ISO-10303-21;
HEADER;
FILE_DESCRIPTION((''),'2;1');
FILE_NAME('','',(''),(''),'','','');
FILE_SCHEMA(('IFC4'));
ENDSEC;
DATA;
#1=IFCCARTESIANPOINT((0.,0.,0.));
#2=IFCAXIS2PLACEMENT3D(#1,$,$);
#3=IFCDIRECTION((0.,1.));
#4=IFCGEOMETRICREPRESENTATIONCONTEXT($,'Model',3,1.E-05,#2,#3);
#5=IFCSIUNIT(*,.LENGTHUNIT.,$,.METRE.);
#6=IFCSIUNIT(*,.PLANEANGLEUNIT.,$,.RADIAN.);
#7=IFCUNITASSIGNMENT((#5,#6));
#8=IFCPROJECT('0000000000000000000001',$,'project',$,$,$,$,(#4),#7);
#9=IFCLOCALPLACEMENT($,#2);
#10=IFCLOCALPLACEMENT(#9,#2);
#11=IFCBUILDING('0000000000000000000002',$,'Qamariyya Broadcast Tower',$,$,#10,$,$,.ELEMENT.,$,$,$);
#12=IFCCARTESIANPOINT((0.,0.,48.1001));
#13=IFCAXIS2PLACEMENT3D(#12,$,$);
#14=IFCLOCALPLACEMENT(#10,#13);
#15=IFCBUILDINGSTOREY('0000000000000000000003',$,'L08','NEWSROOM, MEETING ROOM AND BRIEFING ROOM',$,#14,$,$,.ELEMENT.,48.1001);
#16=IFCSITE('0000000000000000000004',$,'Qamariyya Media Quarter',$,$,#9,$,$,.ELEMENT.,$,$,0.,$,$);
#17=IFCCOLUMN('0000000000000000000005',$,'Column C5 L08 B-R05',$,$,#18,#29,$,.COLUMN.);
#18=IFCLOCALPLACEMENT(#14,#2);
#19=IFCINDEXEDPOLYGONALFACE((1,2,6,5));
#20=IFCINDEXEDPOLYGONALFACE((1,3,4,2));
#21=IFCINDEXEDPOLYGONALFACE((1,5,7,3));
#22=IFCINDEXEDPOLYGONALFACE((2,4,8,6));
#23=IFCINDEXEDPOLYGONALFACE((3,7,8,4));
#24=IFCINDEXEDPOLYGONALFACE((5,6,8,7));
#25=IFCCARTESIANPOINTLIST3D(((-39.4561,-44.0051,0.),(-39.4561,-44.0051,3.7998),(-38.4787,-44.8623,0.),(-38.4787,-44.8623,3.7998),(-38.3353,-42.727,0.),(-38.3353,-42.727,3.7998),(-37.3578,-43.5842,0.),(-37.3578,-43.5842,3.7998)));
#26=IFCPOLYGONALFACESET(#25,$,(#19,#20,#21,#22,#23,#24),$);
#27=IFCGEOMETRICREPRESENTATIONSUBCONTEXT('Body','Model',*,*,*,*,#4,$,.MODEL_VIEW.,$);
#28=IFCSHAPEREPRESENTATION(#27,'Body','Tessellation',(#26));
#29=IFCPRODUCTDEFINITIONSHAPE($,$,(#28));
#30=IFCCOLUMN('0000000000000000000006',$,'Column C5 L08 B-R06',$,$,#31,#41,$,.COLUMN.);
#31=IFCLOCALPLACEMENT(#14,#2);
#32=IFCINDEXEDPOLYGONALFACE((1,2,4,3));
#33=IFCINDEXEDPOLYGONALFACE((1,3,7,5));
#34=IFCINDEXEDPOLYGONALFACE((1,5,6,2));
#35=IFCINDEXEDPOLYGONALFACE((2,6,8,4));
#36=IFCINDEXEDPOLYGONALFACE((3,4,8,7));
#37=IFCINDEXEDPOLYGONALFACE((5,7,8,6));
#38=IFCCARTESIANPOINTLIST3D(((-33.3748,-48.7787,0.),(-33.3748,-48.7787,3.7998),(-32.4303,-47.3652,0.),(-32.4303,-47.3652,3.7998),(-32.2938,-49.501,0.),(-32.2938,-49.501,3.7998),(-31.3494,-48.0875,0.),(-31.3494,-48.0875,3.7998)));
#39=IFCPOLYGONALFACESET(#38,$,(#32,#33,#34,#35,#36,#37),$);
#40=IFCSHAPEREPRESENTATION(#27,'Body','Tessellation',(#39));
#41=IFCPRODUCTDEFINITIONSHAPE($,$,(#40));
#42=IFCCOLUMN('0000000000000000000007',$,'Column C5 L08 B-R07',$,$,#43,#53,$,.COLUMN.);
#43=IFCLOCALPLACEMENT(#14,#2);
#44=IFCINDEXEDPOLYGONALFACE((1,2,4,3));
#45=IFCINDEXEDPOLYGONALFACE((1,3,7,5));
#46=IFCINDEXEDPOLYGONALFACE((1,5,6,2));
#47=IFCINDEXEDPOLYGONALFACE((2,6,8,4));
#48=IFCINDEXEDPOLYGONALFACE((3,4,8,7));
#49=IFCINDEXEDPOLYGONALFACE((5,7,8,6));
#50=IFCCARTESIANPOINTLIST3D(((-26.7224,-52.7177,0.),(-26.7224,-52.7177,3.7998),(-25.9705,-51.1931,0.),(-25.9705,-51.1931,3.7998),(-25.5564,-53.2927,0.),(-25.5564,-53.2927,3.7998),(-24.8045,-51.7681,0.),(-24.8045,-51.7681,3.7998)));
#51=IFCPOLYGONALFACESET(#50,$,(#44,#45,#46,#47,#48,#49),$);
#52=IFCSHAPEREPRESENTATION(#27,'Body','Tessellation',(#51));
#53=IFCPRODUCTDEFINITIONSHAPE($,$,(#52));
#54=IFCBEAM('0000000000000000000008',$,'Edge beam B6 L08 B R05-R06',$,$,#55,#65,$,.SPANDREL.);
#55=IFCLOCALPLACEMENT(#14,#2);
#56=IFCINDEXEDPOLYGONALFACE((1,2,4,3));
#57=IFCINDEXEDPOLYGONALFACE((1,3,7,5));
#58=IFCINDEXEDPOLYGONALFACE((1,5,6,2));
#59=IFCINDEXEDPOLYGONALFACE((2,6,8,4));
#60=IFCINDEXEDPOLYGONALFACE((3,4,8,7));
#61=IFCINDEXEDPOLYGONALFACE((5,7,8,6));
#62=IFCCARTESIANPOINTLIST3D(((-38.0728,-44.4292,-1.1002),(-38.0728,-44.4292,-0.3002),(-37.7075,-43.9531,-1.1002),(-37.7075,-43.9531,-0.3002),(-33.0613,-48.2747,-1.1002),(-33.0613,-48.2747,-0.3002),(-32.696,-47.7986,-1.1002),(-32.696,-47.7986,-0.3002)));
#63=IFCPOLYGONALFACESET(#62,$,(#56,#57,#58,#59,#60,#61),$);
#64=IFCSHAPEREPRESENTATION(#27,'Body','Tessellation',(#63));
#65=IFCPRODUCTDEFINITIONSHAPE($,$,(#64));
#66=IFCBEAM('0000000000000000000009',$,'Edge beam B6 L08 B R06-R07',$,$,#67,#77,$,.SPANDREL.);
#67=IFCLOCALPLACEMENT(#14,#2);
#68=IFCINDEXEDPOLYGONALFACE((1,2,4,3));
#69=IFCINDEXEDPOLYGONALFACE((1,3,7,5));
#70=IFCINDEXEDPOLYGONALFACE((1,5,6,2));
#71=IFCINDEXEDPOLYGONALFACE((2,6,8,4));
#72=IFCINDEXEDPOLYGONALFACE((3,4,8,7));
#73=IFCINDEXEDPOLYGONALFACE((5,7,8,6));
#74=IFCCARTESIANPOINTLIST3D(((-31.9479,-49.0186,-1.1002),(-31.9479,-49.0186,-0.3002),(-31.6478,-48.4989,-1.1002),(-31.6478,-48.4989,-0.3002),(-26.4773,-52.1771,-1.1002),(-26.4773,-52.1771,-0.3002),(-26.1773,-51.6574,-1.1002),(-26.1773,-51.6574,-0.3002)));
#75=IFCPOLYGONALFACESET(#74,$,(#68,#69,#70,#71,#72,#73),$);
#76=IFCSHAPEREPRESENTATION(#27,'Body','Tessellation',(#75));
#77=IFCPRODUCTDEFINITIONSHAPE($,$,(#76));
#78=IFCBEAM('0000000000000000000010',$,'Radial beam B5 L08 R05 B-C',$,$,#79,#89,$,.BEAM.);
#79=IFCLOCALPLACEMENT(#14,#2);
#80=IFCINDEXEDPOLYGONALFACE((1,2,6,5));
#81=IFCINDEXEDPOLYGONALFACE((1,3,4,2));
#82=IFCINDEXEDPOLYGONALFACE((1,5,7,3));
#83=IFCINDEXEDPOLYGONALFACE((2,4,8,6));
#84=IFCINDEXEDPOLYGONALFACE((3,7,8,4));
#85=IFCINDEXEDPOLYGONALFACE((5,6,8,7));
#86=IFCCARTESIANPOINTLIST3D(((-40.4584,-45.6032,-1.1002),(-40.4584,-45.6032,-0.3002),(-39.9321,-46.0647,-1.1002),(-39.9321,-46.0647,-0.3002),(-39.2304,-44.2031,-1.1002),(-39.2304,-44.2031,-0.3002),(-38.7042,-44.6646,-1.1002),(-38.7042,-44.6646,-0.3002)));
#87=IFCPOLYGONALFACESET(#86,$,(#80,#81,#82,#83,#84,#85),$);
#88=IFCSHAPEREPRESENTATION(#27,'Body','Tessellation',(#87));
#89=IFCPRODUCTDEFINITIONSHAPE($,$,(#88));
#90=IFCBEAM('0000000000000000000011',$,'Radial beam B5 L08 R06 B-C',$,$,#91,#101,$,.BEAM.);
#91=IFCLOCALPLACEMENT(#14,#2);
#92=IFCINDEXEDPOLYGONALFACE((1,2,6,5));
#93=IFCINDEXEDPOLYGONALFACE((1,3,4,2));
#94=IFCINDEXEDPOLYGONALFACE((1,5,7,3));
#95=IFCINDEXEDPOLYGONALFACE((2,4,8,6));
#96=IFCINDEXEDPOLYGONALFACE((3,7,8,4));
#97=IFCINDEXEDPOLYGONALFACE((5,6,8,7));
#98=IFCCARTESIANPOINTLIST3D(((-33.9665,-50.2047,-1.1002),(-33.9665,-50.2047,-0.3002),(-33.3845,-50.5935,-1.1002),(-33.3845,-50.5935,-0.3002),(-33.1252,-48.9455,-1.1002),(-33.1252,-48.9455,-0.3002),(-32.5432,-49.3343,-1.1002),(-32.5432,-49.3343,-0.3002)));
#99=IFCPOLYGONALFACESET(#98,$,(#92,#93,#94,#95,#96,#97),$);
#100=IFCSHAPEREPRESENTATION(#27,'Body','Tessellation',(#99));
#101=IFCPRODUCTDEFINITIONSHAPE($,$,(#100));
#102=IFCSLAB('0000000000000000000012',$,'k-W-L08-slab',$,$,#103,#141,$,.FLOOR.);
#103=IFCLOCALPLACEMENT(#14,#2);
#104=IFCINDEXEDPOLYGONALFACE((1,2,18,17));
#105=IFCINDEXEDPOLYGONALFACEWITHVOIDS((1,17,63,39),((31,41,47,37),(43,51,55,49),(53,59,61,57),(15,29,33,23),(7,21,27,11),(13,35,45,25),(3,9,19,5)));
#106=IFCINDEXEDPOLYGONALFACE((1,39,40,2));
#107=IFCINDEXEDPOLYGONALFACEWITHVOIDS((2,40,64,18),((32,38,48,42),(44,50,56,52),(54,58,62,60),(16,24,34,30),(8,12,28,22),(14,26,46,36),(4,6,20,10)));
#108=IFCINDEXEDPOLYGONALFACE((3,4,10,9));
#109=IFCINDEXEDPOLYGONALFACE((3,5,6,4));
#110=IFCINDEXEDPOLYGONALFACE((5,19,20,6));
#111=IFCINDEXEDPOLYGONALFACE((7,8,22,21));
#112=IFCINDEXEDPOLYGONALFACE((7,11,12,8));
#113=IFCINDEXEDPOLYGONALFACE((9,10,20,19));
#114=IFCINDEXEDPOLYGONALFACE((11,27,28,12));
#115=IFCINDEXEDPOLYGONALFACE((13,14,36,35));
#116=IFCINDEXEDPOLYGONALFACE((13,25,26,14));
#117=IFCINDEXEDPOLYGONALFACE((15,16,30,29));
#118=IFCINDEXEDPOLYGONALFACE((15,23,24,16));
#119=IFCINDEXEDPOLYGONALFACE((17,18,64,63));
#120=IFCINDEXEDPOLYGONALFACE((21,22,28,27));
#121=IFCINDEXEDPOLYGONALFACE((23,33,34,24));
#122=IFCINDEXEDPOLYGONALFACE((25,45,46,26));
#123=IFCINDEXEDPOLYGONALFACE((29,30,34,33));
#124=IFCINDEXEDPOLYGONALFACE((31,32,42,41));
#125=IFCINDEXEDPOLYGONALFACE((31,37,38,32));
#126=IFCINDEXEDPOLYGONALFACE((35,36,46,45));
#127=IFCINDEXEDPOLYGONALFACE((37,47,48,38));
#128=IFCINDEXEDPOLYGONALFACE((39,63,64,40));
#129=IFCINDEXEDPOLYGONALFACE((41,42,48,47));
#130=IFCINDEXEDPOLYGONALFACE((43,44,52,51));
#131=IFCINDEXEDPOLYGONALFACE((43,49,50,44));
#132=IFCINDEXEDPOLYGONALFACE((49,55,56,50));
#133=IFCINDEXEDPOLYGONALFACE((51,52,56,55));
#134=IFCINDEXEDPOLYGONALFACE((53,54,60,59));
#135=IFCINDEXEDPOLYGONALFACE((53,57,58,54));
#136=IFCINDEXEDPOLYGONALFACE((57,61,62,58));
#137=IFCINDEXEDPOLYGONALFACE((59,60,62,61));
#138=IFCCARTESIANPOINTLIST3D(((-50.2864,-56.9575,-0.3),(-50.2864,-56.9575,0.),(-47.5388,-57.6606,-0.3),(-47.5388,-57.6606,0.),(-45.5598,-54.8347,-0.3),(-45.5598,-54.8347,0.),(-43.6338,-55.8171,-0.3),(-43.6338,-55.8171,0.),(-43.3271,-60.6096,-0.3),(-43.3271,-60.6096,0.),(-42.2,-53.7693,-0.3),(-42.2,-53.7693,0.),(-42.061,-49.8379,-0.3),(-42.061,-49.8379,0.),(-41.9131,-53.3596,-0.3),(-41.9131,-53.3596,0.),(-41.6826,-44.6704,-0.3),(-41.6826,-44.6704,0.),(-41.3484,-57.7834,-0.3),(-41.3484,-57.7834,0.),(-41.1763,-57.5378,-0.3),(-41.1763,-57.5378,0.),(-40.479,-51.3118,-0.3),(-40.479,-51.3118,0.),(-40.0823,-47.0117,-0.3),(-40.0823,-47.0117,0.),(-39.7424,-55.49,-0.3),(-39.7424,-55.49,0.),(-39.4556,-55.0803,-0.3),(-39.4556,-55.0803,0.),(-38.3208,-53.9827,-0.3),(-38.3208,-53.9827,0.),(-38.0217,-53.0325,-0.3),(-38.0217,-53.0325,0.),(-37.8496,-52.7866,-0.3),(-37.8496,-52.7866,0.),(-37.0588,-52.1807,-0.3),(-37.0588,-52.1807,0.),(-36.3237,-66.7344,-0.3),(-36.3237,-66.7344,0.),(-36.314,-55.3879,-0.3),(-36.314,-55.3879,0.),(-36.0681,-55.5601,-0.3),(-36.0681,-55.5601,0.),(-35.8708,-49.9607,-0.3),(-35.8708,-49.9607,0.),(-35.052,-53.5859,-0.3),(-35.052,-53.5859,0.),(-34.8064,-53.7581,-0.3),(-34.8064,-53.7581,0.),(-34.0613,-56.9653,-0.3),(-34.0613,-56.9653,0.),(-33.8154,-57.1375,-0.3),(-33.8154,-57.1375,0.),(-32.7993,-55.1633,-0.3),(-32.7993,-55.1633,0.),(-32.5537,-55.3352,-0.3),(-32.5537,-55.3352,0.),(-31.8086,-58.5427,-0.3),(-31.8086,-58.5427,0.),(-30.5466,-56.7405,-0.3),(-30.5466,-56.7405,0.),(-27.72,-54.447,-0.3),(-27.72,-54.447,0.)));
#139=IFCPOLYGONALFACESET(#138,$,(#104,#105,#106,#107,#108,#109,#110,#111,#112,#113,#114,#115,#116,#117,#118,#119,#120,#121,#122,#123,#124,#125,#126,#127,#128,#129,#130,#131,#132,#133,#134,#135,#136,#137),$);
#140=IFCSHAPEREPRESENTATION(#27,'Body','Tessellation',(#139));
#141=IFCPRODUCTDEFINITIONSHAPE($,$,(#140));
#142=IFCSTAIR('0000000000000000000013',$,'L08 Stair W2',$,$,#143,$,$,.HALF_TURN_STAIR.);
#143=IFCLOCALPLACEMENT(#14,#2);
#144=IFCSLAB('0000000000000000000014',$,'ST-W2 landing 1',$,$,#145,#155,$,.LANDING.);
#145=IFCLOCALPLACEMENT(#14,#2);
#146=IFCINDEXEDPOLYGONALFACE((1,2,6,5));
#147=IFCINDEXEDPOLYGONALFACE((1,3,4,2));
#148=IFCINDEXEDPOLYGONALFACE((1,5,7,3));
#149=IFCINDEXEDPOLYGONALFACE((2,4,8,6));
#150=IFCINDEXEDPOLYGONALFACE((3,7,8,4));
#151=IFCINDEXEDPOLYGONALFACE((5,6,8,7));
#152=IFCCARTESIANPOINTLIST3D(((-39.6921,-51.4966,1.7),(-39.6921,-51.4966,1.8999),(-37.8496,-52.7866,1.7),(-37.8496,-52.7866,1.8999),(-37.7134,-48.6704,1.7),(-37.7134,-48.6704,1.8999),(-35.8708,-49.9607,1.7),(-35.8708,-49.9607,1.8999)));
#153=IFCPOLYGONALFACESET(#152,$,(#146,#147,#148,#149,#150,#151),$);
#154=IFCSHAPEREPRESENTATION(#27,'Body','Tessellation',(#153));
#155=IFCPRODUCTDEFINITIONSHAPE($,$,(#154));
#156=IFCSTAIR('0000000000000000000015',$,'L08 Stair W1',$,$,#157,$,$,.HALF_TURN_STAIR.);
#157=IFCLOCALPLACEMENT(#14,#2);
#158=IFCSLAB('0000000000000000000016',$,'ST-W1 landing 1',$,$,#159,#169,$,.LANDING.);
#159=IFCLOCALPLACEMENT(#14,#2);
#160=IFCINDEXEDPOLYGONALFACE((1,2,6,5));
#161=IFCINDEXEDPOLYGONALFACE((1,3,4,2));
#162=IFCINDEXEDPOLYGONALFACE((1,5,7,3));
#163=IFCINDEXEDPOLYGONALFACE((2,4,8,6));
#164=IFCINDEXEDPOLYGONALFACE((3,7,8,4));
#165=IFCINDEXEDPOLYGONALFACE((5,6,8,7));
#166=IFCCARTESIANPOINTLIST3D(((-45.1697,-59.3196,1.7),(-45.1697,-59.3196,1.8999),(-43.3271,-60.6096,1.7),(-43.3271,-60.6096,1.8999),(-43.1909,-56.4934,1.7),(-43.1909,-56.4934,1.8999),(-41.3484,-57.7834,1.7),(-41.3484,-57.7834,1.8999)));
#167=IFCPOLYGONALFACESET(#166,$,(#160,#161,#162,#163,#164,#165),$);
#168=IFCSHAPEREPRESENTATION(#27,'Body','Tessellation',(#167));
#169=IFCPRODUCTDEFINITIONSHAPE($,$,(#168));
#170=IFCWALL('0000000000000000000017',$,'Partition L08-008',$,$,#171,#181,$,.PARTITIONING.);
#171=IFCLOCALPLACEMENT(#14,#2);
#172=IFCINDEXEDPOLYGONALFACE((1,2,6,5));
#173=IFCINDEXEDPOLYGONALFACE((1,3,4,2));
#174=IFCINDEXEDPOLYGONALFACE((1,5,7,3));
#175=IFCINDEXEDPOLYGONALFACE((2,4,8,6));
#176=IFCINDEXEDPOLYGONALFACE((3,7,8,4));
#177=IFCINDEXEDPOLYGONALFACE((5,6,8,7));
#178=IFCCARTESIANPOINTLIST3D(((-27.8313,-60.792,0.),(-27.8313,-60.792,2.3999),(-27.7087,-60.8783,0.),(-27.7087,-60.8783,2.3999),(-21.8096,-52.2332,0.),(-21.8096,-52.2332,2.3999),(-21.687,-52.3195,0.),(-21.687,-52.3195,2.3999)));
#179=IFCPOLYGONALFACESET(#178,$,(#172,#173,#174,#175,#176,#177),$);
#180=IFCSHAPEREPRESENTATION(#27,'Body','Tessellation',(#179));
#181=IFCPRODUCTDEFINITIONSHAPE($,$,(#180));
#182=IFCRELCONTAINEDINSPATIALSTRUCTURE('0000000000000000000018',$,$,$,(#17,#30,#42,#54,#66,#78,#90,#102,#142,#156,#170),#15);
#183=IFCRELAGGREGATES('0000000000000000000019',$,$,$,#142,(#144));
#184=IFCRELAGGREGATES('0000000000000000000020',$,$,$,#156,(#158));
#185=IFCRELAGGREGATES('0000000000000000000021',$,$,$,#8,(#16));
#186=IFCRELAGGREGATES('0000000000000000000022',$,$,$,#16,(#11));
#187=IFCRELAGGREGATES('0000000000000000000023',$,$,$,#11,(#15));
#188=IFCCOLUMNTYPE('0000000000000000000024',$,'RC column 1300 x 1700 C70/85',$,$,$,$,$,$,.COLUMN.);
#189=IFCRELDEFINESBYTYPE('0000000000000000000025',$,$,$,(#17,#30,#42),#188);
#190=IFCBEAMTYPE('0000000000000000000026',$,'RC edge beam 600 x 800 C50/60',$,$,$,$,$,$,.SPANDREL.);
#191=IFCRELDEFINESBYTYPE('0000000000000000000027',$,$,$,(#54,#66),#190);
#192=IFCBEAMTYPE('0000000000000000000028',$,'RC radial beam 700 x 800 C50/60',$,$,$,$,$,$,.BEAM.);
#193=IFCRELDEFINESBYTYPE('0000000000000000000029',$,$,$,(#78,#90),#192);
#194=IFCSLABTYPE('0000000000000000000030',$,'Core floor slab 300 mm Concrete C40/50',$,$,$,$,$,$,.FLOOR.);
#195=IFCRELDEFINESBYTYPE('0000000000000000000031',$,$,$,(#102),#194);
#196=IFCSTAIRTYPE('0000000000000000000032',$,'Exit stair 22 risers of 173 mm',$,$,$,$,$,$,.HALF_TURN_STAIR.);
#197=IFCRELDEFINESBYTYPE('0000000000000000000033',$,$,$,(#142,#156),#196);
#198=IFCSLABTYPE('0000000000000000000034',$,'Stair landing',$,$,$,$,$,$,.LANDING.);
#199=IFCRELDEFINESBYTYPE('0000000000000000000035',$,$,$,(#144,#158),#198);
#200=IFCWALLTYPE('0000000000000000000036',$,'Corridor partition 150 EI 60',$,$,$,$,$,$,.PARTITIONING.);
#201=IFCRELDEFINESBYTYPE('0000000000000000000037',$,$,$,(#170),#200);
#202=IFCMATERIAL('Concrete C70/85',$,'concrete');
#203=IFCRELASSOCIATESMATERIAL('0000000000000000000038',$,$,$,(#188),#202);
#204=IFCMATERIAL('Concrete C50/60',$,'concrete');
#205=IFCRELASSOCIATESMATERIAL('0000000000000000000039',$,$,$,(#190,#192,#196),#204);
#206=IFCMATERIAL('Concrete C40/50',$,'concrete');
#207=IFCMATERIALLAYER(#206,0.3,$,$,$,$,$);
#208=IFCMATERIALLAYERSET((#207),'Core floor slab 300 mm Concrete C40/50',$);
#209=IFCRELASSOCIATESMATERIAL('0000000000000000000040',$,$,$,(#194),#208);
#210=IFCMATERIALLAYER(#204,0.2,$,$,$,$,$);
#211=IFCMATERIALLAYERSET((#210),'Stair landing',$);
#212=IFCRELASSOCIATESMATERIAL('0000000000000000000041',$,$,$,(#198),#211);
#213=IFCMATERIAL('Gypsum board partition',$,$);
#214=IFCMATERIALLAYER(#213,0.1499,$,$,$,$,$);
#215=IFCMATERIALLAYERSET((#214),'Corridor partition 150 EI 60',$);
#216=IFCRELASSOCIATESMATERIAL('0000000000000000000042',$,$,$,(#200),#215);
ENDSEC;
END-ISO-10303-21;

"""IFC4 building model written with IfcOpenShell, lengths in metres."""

from ifc_helpers import new_model, si_unit, direction, frame, frame_2d, origin, origin_2d, place, context, subcontext, project, spatial, polyline, rectangle, outline, extrude, material, layer, layer_set, material_profile, profile_set, type_object, element, aggregate, save


model = new_model("IFC4")

# Units and contexts
model_context = context("Model", 3, precision=1e-05, world=origin(), true_north=direction((0.0, 1.0)))
body_context = subcontext(model_context, "Body", "Model", "MODEL_VIEW")
ifc_project = project(units=[si_unit("LENGTHUNIT", "METRE"), si_unit("PLANEANGLEUNIT", "RADIAN")], contexts=[model_context])

# Site, building, storey
site_placement = place(None, origin())
site = spatial("IfcSite", under=ifc_project, at=site_placement, Name="Qamariyya Media Quarter", CompositionType="ELEMENT", RefElevation=0.0)
building_placement = place(site_placement, origin())
building = spatial("IfcBuilding", under=site, at=building_placement, Name="Qamariyya Broadcast Tower", CompositionType="ELEMENT")
storey_placement = place(building_placement, frame((0.0, 0.0, 48.1001)))
storey = spatial("IfcBuildingStorey", under=building, at=storey_placement, Name="L08", Description="NEWSROOM, MEETING ROOM AND BRIEFING ROOM", CompositionType="ELEMENT", Elevation=48.1001)

# Columns
ifc_material_1 = material(Name="Concrete C70/85", Category="concrete")
ifc_material_profile_1 = material_profile(ifc_material_1, rectangle(XDim=1.3, YDim=1.7, at=origin_2d()))
ifc_profile_set_1 = profile_set([ifc_material_profile_1], Name="Concrete C70/85")
column_type = type_object("IfcColumnType", Name="RC column 1300 x 1700 C70/85", PredefinedType="COLUMN", material=ifc_profile_set_1)
for number, where, z_axis, x_axis, name in (
    (1, (-38.407, -43.7947, 0.0), (0.0, 0.0, 1.0), (0.75184, -0.659346, 0.0), "Column C5 L08 B-R05"),
    (2, (-32.3621, -48.4331, 0.0), (0.0, 0.0, 1.0), (0.83147, -0.55557, 0.0), "Column C5 L08 B-R06"),
    (3, (-25.7634, -52.2429, 0.0), (0.0, 0.0, 1.0), (0.896873, -0.442289, 0.0), "Column C5 L08 B-R07"),
):
    element("IfcColumn", number, at=place(storey_placement, frame(where, z_axis=z_axis, x_axis=x_axis)), inside=storey, type_object=column_type, Name=name, PredefinedType="COLUMN", context=body_context, shape_type="SweptSolid", body=[
        extrude(rectangle(XDim=1.3, YDim=1.7, at=origin_2d()), origin(), (0.0, 0.0, 1.0), 3.7998),
    ])

# Beams
ifc_material_2 = material(Name="Concrete C50/60", Category="concrete")
ifc_material_profile_2 = material_profile(ifc_material_2, rectangle(XDim=0.6001, YDim=0.8, at=origin_2d()))
ifc_profile_set_2 = profile_set([ifc_material_profile_2], Name="Concrete C50/60")
beam_type_1 = type_object("IfcBeamType", Name="RC edge beam 600 x 800 C50/60", PredefinedType="SPANDREL", material=ifc_profile_set_2)
for number, where, z_axis, x_axis, name in (
    (4, (-37.8901, -44.1912, -0.7002), (0.793352, -0.608763, 0.0), (0.608763, 0.793352, 0.0), "Edge beam B6 L08 B R05-R06"),
    (5, (-31.7979, -48.7588, -0.7002), (0.86602, -0.500009, 0.0), (0.500009, 0.86602, 0.0), "Edge beam B6 L08 B R06-R07"),
):
    element("IfcBeam", number, at=place(storey_placement, frame(where, z_axis=z_axis, x_axis=x_axis)), inside=storey, type_object=beam_type_1, Name=name, PredefinedType="SPANDREL", context=body_context, shape_type="SweptSolid", body=[
        extrude(rectangle(XDim=0.6001, YDim=0.8, at=origin_2d()), origin(), (0.0, 0.0, 1.0), 6.3169),
    ])
ifc_material_profile_3 = material_profile(ifc_material_2, rectangle(XDim=0.7, YDim=0.8, at=origin_2d()))
ifc_profile_set_3 = profile_set([ifc_material_profile_3], Name="Concrete C50/60")
beam_type_2 = type_object("IfcBeamType", Name="RC radial beam 700 x 800 C50/60", PredefinedType="BEAM", material=ifc_profile_set_3)
beam_1_placement = place(storey_placement, frame((-38.9673, -44.4338, -0.7002), z_axis=(-0.659386, -0.751805, 0.0), x_axis=(0.751805, -0.659386, 0.0)))
element("IfcBeam", 6, at=beam_1_placement, inside=storey, type_object=beam_type_2, Name="Radial beam B5 L08 R05 B-C", PredefinedType="BEAM", context=body_context, shape_type="SweptSolid", body=[
    extrude(rectangle(XDim=0.7, YDim=0.8, at=origin_2d()), origin(), (0.0, 0.0, 1.0), 1.8623),
])
beam_2_placement = place(storey_placement, frame((-32.8342, -49.1399, -0.7002), z_axis=(-0.555518, -0.831504, 0.0), x_axis=(0.831504, -0.555518, 0.0)))
element("IfcBeam", 7, at=beam_2_placement, inside=storey, type_object=beam_type_2, Name="Radial beam B5 L08 R06 B-C", PredefinedType="BEAM", context=body_context, shape_type="SweptSolid", body=[
    extrude(rectangle(XDim=0.7, YDim=0.8, at=origin_2d()), origin(), (0.0, 0.0, 1.0), 1.5144),
])

# Slab
ifc_material_3 = material(Name="Concrete C40/50", Category="concrete")
ifc_layer_1 = layer(ifc_material_3, 0.3)
ifc_layer_set_1 = layer_set([ifc_layer_1], Name="Core floor slab 300 mm Concrete C40/50")
slab_type_1 = type_object("IfcSlabType", Name="Core floor slab 300 mm Concrete C40/50", PredefinedType="FLOOR", material=ifc_layer_set_1)
slab_1_placement = place(storey_placement, frame((0.0, 0.0, -0.3)))
element("IfcSlab", 8, at=slab_1_placement, inside=storey, type_object=slab_type_1, Name="k-W-L08-slab", PredefinedType="FLOOR", context=body_context, shape_type="SweptSolid", body=[
    extrude(outline(polyline([(-50.2864, -56.9575), (-36.3237, -66.7344), (-27.72, -54.447), (-41.6826, -44.6704), (-50.2864, -56.9575)]), holes=[polyline([(-31.8086, -58.5427), (-33.8154, -57.1375), (-32.5537, -55.3352), (-30.5466, -56.7405), (-31.8086, -58.5427)]), polyline([(-34.0613, -56.9653), (-36.0681, -55.5601), (-34.8064, -53.7581), (-32.7993, -55.1633), (-34.0613, -56.9653)]), polyline([(-36.314, -55.3879), (-38.3208, -53.9827), (-37.0588, -52.1807), (-35.052, -53.5859), (-36.314, -55.3879)]), polyline([(-39.7424, -55.49), (-42.2, -53.7693), (-43.6338, -55.8171), (-41.1763, -57.5378), (-39.7424, -55.49)]), polyline([(-39.4556, -55.0803), (-41.9131, -53.3596), (-40.479, -51.3118), (-38.0217, -53.0325), (-39.4556, -55.0803)]), polyline([(-42.061, -49.8379), (-37.8496, -52.7866), (-35.8708, -49.9607), (-40.0823, -47.0117), (-42.061, -49.8379)]), polyline([(-47.5388, -57.6606), (-43.3271, -60.6096), (-41.3484, -57.7834), (-45.5598, -54.8347), (-47.5388, -57.6606)])]), origin(), (0.0, 0.0, 1.0), 0.3),
])

# Stairs, slabs
stair_type = type_object("IfcStairType", Name="Exit stair 22 risers of 173 mm", PredefinedType="HALF_TURN_STAIR", material=ifc_material_2)
stair_1_placement = place(storey_placement, origin())
stair_1 = element("IfcStair", 9, at=stair_1_placement, inside=storey, type_object=stair_type, Name="L08 Stair W2", PredefinedType="HALF_TURN_STAIR")
ifc_layer_2 = layer(ifc_material_2, 0.2)
ifc_layer_set_2 = layer_set([ifc_layer_2], Name="Stair landing")
slab_type_2 = type_object("IfcSlabType", Name="Stair landing", PredefinedType="LANDING", material=ifc_layer_set_2)
slab_2_placement = place(storey_placement, frame((0.0, 0.0, 1.7)))
slab_2 = element("IfcSlab", 10, at=slab_2_placement, type_object=slab_type_2, Name="ST-W2 landing 1", PredefinedType="LANDING", context=body_context, shape_type="SweptSolid", body=[
    extrude(outline(polyline([(-39.6921, -51.4966), (-37.8496, -52.7866), (-35.8708, -49.9607), (-37.7134, -48.6704), (-39.6921, -51.4966)])), origin(), (0.0, 0.0, 1.0), 0.2),
])
aggregate(stair_1, [slab_2])
stair_2_placement = place(storey_placement, origin())
stair_2 = element("IfcStair", 11, at=stair_2_placement, inside=storey, type_object=stair_type, Name="L08 Stair W1", PredefinedType="HALF_TURN_STAIR")
slab_3_placement = place(storey_placement, frame((0.0, 0.0, 1.7)))
slab_3 = element("IfcSlab", 12, at=slab_3_placement, type_object=slab_type_2, Name="ST-W1 landing 1", PredefinedType="LANDING", context=body_context, shape_type="SweptSolid", body=[
    extrude(outline(polyline([(-45.1697, -59.3196), (-43.3271, -60.6096), (-41.3484, -57.7834), (-43.1909, -56.4934), (-45.1697, -59.3196)])), origin(), (0.0, 0.0, 1.0), 0.2),
])
aggregate(stair_2, [slab_3])

# Wall
ifc_material_4 = material(Name="Gypsum board partition")
ifc_layer_3 = layer(ifc_material_4, 0.1499)
ifc_layer_set_3 = layer_set([ifc_layer_3], Name="Corridor partition 150 EI 60")
wall_type_1 = type_object("IfcWallType", Name="Corridor partition 150 EI 60", PredefinedType="PARTITIONING", material=ifc_layer_set_3)
wall_1_placement = place(storey_placement, frame((-21.7483, -52.2764, 0.0), z_axis=(0.0, 0.0, 1.0), x_axis=(-0.575419, -0.817858, 0.0)))
element("IfcWall", 13, at=wall_1_placement, inside=storey, type_object=wall_type_1, Name="Partition L08-008", PredefinedType="PARTITIONING", context=body_context, shape_type="SweptSolid", body=[
    extrude(rectangle(XDim=10.4648, YDim=0.1499, at=frame_2d((5.2324, 0.0))), origin(), (0.0, 0.0, 1.0), 2.3999),
])

save(model, "model.ifc")
